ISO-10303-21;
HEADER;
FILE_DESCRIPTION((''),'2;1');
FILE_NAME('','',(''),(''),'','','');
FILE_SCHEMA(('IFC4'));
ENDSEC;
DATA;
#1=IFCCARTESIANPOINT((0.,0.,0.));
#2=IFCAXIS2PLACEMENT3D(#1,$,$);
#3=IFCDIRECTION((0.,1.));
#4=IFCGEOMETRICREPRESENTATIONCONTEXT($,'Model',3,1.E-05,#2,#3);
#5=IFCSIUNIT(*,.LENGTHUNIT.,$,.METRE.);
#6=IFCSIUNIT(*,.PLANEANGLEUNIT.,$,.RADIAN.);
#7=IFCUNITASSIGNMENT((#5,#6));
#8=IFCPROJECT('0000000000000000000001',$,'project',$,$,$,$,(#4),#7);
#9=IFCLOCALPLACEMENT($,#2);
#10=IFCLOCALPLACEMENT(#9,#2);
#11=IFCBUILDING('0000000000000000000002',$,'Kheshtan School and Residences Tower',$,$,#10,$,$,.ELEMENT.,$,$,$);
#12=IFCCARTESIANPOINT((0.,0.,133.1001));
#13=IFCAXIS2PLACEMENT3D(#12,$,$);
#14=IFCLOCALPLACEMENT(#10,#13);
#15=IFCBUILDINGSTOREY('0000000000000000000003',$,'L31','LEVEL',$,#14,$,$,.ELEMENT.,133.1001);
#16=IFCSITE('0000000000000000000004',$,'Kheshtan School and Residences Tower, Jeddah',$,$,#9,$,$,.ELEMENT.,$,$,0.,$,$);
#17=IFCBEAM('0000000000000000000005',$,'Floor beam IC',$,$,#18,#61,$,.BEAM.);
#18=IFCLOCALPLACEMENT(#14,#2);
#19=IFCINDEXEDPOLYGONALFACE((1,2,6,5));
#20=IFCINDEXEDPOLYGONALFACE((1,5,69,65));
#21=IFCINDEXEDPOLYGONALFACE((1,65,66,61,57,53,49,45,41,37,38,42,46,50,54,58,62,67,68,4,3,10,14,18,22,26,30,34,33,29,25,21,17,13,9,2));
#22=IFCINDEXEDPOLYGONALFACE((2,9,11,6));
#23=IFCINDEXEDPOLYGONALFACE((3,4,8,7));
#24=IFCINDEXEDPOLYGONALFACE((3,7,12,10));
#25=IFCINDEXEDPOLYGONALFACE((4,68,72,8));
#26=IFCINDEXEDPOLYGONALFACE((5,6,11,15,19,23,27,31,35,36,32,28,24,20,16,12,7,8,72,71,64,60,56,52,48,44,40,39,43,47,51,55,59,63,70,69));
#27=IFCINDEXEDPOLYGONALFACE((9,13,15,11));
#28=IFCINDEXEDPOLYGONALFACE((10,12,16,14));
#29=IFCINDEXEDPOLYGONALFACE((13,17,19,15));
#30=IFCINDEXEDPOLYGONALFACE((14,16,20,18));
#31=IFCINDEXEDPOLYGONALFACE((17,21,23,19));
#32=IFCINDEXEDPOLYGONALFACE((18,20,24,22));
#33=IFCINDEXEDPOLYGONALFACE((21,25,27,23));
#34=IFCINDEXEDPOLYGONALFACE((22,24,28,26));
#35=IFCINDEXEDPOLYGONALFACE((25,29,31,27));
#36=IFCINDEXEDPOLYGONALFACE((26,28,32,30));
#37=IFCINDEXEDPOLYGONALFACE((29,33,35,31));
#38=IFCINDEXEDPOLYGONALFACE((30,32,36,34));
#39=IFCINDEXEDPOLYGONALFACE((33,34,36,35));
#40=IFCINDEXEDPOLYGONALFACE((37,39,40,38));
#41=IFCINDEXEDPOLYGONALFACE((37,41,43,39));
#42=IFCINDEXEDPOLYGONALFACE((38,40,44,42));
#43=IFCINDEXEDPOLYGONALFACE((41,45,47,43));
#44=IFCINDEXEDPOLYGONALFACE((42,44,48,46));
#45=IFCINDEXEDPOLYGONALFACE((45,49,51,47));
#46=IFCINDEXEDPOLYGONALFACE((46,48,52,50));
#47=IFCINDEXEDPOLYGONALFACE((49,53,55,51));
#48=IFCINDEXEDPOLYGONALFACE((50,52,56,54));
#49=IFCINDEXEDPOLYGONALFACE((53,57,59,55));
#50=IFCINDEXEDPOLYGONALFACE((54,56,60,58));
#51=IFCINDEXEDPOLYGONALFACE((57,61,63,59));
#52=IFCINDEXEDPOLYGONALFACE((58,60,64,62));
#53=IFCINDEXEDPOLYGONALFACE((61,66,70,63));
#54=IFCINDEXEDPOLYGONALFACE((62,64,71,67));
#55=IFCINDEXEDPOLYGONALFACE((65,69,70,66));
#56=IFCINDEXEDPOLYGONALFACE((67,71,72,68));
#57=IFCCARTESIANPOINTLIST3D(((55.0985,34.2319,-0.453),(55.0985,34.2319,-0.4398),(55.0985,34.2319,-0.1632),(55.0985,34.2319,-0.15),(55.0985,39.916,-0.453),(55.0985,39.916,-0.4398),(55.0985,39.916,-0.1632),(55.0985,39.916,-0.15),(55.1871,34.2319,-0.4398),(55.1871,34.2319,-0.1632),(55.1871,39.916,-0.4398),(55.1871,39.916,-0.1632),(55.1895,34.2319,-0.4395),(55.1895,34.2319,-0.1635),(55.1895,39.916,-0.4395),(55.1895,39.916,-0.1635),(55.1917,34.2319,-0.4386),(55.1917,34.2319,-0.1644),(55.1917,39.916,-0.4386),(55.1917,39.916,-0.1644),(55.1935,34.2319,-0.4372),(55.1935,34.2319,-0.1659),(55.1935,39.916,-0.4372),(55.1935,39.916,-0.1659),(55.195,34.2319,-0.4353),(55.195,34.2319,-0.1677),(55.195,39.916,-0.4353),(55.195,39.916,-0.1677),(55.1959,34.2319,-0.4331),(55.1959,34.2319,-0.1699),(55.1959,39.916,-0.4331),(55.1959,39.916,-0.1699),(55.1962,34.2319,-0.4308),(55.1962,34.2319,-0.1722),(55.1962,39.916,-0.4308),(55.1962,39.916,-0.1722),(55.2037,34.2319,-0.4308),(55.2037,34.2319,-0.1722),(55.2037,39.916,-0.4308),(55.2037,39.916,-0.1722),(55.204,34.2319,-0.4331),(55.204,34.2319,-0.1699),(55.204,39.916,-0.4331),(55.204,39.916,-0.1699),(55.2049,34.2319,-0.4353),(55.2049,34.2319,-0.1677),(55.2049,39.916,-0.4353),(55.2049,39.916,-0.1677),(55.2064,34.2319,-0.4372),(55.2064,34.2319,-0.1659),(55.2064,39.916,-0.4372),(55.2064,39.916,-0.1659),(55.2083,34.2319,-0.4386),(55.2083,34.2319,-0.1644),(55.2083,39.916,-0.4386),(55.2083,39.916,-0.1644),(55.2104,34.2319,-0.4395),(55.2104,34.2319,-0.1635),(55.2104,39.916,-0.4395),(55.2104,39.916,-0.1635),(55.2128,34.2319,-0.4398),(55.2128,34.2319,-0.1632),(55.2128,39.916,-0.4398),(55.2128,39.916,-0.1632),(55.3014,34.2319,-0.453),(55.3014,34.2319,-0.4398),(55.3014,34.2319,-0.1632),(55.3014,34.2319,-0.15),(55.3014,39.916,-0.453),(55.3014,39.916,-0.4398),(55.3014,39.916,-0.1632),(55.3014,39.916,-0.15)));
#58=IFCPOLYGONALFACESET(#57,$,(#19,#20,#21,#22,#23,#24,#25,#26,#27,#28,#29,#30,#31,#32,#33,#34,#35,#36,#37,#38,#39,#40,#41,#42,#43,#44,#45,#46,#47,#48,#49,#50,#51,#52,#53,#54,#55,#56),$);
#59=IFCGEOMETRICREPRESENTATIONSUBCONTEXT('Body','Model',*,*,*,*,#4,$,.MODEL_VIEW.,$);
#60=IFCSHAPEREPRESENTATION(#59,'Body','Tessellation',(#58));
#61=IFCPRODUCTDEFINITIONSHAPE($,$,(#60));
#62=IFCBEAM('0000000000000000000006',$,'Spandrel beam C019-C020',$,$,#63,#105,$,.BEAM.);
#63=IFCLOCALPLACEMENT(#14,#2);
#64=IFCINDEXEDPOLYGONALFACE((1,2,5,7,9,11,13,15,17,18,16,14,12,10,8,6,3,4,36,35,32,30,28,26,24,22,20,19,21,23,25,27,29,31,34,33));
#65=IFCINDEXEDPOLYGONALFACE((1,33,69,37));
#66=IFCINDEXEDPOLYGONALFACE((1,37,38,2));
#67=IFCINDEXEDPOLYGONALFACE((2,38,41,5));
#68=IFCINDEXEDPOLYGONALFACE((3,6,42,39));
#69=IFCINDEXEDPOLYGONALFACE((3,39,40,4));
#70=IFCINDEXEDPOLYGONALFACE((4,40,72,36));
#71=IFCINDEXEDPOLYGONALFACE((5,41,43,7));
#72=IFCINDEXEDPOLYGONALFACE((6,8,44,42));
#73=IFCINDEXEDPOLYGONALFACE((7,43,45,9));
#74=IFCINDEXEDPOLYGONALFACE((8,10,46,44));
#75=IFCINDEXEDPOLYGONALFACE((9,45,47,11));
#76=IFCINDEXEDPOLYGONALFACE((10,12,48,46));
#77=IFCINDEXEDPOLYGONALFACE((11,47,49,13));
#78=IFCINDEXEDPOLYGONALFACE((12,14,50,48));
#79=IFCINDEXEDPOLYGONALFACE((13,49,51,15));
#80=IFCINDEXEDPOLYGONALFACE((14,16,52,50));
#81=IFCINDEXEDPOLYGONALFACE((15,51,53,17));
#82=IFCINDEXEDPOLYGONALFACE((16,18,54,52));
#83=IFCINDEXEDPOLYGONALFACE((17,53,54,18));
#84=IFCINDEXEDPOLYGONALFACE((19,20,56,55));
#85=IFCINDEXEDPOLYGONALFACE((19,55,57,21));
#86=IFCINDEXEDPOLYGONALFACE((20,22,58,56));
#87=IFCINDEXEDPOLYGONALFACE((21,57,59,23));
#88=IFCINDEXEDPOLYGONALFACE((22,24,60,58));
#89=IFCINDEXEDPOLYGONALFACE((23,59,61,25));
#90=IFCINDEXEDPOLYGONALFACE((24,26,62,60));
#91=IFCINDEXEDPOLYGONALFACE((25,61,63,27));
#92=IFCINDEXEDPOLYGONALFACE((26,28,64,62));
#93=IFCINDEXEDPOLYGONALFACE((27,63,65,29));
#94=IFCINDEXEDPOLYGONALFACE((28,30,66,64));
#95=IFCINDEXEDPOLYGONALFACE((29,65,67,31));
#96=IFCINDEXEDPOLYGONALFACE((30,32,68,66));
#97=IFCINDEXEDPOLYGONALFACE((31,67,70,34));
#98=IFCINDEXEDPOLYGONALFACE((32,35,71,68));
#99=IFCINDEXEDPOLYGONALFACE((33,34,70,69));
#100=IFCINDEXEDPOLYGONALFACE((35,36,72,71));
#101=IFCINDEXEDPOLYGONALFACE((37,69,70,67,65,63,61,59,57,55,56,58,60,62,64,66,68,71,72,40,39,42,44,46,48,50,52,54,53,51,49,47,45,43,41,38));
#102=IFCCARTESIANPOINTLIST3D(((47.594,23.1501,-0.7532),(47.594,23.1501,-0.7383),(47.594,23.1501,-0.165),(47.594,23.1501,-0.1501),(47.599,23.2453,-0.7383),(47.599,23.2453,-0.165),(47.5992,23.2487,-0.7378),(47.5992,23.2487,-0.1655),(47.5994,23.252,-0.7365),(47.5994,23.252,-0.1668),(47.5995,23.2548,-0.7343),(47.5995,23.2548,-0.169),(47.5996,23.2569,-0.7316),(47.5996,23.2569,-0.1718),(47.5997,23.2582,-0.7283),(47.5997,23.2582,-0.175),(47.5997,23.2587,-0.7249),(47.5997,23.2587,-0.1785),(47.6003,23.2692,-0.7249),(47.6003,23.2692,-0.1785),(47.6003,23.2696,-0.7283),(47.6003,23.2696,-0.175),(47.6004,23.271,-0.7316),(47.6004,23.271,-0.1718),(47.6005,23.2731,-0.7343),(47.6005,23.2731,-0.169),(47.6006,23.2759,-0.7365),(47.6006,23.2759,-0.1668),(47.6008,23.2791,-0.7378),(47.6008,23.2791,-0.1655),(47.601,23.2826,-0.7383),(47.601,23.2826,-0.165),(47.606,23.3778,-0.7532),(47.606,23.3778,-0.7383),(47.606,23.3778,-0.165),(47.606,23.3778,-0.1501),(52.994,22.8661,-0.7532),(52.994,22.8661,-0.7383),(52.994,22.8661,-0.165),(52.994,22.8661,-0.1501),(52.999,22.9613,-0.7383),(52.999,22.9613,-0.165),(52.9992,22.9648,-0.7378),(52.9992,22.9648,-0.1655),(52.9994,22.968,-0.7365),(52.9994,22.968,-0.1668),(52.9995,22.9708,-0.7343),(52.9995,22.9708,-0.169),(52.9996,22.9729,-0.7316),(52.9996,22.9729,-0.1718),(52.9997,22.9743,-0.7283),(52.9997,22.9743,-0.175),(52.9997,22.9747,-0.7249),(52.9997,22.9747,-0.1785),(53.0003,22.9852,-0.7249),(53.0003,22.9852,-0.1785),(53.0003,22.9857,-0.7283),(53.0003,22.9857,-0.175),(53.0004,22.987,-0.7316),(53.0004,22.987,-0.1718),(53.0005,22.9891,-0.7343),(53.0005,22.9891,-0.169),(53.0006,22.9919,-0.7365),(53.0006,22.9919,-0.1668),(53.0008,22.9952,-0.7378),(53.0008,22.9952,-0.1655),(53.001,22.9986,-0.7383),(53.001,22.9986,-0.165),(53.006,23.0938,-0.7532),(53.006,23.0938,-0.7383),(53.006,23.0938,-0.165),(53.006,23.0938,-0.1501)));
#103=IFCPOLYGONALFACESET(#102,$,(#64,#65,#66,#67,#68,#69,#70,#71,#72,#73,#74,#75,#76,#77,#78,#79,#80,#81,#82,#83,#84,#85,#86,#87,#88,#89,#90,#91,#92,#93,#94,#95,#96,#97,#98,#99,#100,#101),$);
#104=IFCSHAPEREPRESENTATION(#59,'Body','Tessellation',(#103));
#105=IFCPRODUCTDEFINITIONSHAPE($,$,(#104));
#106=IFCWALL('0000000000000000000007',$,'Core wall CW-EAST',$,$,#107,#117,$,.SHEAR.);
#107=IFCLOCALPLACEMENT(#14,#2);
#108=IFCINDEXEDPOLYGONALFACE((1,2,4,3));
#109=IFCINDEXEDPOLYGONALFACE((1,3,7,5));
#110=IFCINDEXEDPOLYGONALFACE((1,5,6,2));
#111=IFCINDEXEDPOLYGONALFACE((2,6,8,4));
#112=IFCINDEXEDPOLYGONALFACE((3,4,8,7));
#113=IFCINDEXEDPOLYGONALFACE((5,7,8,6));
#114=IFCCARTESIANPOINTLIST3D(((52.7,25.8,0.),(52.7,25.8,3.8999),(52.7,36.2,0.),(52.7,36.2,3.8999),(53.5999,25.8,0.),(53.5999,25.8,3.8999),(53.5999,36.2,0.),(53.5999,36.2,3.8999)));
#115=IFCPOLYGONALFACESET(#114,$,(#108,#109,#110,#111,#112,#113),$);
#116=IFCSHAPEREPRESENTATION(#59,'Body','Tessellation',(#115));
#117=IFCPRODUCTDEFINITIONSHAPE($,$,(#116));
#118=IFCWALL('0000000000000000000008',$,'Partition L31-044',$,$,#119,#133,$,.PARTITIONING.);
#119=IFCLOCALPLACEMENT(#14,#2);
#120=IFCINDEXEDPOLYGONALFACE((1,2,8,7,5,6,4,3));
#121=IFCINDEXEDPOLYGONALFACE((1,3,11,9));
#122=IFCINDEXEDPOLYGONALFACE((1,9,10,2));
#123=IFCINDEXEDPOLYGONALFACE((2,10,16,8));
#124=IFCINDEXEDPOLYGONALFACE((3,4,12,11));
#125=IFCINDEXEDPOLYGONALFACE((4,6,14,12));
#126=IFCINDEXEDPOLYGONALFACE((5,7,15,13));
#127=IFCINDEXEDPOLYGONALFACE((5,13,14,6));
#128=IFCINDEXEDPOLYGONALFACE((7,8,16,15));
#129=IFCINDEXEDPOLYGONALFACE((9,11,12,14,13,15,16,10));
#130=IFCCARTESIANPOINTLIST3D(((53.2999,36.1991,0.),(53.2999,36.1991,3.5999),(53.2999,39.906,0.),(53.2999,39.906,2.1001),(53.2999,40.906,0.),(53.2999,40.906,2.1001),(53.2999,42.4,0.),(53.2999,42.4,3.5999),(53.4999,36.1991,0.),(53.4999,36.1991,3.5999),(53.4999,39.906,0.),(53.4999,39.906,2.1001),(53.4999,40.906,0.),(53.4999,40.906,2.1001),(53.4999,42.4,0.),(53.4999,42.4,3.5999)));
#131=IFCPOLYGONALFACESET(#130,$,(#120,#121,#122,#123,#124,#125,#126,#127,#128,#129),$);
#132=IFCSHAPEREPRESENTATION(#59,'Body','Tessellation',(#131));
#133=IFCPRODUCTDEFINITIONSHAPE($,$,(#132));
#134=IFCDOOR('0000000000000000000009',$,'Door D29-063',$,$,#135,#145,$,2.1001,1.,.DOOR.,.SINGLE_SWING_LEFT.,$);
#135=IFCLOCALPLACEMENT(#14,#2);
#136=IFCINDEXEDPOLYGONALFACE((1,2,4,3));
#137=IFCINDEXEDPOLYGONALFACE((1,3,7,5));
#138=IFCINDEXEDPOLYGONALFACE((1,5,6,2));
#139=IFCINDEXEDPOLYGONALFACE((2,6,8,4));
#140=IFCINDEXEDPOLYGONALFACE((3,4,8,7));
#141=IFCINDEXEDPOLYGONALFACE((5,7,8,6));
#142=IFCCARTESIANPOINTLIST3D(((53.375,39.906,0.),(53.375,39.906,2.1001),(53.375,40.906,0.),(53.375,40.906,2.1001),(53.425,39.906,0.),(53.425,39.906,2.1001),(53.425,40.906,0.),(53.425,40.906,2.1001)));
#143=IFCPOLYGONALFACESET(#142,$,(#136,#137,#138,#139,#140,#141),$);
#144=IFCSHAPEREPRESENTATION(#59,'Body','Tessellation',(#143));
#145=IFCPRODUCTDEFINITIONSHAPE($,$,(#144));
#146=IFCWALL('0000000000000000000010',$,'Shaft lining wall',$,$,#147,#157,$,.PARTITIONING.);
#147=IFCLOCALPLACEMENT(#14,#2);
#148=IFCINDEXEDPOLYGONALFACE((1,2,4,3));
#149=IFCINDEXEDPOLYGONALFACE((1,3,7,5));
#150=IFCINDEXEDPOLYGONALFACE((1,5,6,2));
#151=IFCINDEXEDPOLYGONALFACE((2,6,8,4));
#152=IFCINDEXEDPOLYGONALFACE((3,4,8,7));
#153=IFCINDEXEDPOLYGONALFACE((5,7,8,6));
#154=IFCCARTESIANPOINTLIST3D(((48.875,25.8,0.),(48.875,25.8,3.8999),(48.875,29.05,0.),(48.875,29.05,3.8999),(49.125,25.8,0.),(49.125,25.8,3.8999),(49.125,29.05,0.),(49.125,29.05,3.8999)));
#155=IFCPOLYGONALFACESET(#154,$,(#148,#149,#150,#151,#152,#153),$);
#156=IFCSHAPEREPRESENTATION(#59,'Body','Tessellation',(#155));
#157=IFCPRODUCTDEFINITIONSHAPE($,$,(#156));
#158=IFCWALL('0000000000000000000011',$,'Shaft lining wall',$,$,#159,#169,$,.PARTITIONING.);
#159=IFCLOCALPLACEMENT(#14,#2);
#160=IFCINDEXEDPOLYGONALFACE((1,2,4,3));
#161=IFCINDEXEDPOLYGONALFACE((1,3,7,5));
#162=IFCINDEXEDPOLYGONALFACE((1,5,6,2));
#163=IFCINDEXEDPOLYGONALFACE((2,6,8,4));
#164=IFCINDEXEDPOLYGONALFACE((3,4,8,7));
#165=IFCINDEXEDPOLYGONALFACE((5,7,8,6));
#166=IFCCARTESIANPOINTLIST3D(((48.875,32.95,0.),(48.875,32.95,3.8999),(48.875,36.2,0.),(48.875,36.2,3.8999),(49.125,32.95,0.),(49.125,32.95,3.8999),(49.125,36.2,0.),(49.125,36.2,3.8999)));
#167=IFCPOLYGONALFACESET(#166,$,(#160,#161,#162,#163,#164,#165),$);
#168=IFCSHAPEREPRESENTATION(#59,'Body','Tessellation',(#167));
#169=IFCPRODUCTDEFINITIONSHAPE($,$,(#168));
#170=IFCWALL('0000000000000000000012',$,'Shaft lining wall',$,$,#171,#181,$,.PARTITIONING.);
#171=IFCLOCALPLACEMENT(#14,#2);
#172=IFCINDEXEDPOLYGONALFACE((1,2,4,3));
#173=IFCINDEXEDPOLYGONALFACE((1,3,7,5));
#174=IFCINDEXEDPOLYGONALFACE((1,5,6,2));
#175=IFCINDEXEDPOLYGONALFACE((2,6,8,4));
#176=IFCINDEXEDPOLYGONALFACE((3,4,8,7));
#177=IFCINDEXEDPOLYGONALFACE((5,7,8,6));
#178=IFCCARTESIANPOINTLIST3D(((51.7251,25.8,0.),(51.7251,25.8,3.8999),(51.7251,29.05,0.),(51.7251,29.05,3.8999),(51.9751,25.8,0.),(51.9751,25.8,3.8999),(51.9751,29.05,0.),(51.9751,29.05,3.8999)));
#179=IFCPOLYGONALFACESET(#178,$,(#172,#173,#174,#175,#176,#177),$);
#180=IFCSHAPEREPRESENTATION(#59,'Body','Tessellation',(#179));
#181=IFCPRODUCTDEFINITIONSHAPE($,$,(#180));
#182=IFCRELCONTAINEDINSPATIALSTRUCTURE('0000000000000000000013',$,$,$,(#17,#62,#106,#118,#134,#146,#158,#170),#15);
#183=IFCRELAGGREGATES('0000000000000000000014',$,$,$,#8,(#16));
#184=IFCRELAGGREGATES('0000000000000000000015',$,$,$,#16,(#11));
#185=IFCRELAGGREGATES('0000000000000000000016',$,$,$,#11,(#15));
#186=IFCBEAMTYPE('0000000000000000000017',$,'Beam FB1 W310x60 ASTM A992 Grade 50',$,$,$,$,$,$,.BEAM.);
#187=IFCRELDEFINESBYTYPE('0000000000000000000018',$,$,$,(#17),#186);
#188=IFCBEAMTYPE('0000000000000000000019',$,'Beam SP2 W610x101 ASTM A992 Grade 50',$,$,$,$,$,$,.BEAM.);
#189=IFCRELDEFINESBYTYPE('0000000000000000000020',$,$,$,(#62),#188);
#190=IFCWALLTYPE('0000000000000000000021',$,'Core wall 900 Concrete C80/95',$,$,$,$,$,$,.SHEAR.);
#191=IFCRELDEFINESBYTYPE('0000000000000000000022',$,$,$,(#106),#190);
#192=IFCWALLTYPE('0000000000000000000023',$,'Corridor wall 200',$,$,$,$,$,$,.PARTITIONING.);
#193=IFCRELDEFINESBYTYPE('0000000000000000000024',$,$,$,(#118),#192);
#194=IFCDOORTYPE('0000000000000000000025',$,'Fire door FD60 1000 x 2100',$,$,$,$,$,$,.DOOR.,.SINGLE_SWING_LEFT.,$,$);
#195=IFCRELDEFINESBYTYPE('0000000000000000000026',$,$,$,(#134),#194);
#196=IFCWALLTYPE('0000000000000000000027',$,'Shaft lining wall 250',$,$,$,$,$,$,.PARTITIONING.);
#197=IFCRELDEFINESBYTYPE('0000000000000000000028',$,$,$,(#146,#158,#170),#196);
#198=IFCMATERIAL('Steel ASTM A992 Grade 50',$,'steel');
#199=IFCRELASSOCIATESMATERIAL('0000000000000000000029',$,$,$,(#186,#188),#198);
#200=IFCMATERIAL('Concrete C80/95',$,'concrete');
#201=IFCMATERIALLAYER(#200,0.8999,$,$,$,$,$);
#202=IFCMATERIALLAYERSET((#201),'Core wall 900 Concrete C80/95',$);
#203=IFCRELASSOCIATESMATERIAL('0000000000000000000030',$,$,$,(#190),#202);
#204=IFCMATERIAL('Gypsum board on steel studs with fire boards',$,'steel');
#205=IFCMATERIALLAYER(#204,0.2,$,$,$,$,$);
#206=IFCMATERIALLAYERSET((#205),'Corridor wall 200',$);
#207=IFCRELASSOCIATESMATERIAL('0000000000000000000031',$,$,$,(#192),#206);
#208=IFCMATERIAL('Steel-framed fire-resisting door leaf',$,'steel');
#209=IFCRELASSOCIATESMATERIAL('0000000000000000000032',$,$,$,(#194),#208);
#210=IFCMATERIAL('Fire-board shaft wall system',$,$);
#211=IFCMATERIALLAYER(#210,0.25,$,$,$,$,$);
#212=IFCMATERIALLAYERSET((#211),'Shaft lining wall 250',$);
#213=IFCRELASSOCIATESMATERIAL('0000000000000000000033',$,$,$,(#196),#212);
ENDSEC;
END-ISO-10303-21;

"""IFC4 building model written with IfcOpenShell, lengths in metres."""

from ifc_helpers import new_model, si_unit, direction, frame, frame_2d, origin, origin_2d, place, context, subcontext, project, spatial, rectangle, i_section, extrude, source, transform, mapped, material, layer, layer_set, material_profile, profile_set, type_object, element, fill, save


model = new_model("IFC4")

# Units and contexts
model_context = context("Model", 3, precision=1e-05, world=origin(), true_north=direction((0.0, 1.0)))
body_context = subcontext(model_context, "Body", "Model", "MODEL_VIEW")
ifc_project = project(units=[si_unit("LENGTHUNIT", "METRE"), si_unit("PLANEANGLEUNIT", "RADIAN")], contexts=[model_context])

# Site, building, storey
site_placement = place(None, origin())
site = spatial("IfcSite", under=ifc_project, at=site_placement, Name="Kheshtan School and Residences Tower, Jeddah", CompositionType="ELEMENT", RefElevation=0.0)
building_placement = place(site_placement, origin())
building = spatial("IfcBuilding", under=site, at=building_placement, Name="Kheshtan School and Residences Tower", CompositionType="ELEMENT")
storey_placement = place(building_placement, frame((0.0, 0.0, 133.1001)))
storey = spatial("IfcBuildingStorey", under=building, at=storey_placement, Name="L31", Description="LEVEL", CompositionType="ELEMENT", Elevation=133.1001)

# Shared definitions
ifc_material_1 = material(Name="Steel ASTM A992 Grade 50", Category="steel")

# Beams
ifc_material_profile_1 = material_profile(ifc_material_1, i_section(OverallWidth=0.2029, OverallDepth=0.303, WebThickness=0.0076, FlangeThickness=0.0132, FilletRadius=0.009, at=origin_2d()), Name="W310x60")
ifc_profile_set_1 = profile_set([ifc_material_profile_1], Name="Steel ASTM A992 Grade 50")
beam_type_1 = type_object("IfcBeamType", Name="Beam FB1 W310x60 ASTM A992 Grade 50", PredefinedType="BEAM", material=ifc_profile_set_1)
beam_1_placement = place(storey_placement, frame((55.2, 34.2319, -0.3015), z_axis=(0.0, 1.0, 0.0), x_axis=(-1.0, 0.0, 0.0)))
element("IfcBeam", 1, at=beam_1_placement, inside=storey, type_object=beam_type_1, Name="Floor beam IC", PredefinedType="BEAM", context=body_context, shape_type="SweptSolid", body=[
    extrude(i_section(OverallWidth=0.2029, OverallDepth=0.303, WebThickness=0.0076, FlangeThickness=0.0132, FilletRadius=0.009, at=origin_2d()), origin(), (0.0, 0.0, 1.0), 5.6841),
])
ifc_material_profile_2 = material_profile(ifc_material_1, i_section(OverallWidth=0.228, OverallDepth=0.603, WebThickness=0.0105, FlangeThickness=0.0149, FilletRadius=0.0134, at=origin_2d()), Name="W610x101")
ifc_profile_set_2 = profile_set([ifc_material_profile_2], Name="Steel ASTM A992 Grade 50")
beam_type_2 = type_object("IfcBeamType", Name="Beam SP2 W610x101 ASTM A992 Grade 50", PredefinedType="BEAM", material=ifc_profile_set_2)
beam_2_placement = place(storey_placement, frame((53.0, 22.98, -0.4517), z_axis=(-0.99862, 0.052509, 0.0), x_axis=(-0.052509, -0.99862, 0.0)))
element("IfcBeam", 2, at=beam_2_placement, inside=storey, type_object=beam_type_2, Name="Spandrel beam C019-C020", PredefinedType="BEAM", context=body_context, shape_type="SweptSolid", body=[
    extrude(i_section(OverallWidth=0.228, OverallDepth=0.603, WebThickness=0.0105, FlangeThickness=0.0149, FilletRadius=0.0134, at=origin_2d()), origin(), (0.0, 0.0, 1.0), 5.4075),
])

# Wall
ifc_material_2 = material(Name="Concrete C80/95", Category="concrete")
ifc_layer_1 = layer(ifc_material_2, 0.8999)
ifc_layer_set_1 = layer_set([ifc_layer_1], Name="Core wall 900 Concrete C80/95")
wall_type_1 = type_object("IfcWallType", Name="Core wall 900 Concrete C80/95", PredefinedType="SHEAR", material=ifc_layer_set_1)
wall_1_placement = place(storey_placement, frame((53.1499, 25.8, 0.0), z_axis=(0.0, 0.0, 1.0), x_axis=(0.0, 1.0, 0.0)))
element("IfcWall", 3, at=wall_1_placement, inside=storey, type_object=wall_type_1, Name="Core wall CW-EAST", PredefinedType="SHEAR", context=body_context, shape_type="SweptSolid", body=[
    extrude(rectangle(XDim=10.3999, YDim=0.8999, at=frame_2d((5.2, 0.0))), origin(), (0.0, 0.0, 1.0), 3.8999),
])

# Wall, opening, door
ifc_material_3 = material(Name="Gypsum board on steel studs with fire boards", Category="steel")
ifc_layer_2 = layer(ifc_material_3, 0.2)
ifc_layer_set_2 = layer_set([ifc_layer_2], Name="Corridor wall 200")
wall_type_2 = type_object("IfcWallType", Name="Corridor wall 200", PredefinedType="PARTITIONING", material=ifc_layer_set_2)
wall_2_placement = place(storey_placement, frame((53.3999, 36.199, 0.0), z_axis=(0.0, 0.0, 1.0), x_axis=(0.0, 1.0, 0.0)))
wall_2 = element("IfcWall", 4, at=wall_2_placement, inside=storey, type_object=wall_type_2, Name="Partition L31-044", PredefinedType="PARTITIONING", context=body_context, shape_type="SweptSolid", body=[
    extrude(rectangle(XDim=6.2009, YDim=0.2, at=frame_2d((3.1006, 0.0))), origin(), (0.0, 0.0, 1.0), 3.5999),
])
opening_1_placement = place(wall_2_placement, frame((3.707, 0.0, 0.0)))
opening_1 = element("IfcOpeningElement", 5, at=opening_1_placement, cuts=wall_2, PredefinedType="OPENING", context=body_context, shape_type="SweptSolid", body=[
    extrude(rectangle(XDim=1.0, YDim=2.1001, at=frame_2d((0.5, 1.05))), frame((0.0, 0.1099, 0.0), z_axis=(0.0, -1.0, 0.0), x_axis=(1.0, 0.0, 0.0)), (0.0, 0.0, 1.0), 0.22),
])
ifc_material_4 = material(Name="Steel-framed fire-resisting door leaf", Category="steel")
door_type_1 = type_object("IfcDoorType", Name="Fire door FD60 1000 x 2100", OperationType="SINGLE_SWING_LEFT", PredefinedType="DOOR", material=ifc_material_4)
shared_shape_1 = source(origin(), body_context, "Body", "SweptSolid", [
    extrude(rectangle(XDim=1.0, YDim=2.1001, at=frame_2d((0.5, 1.05))), frame((0.0, 0.0249, 0.0), z_axis=(0.0, -1.0, 0.0), x_axis=(1.0, 0.0, 0.0)), (0.0, 0.0, 1.0), 0.05),
])
door_1_placement = place(opening_1_placement, origin())
door_1 = element("IfcDoor", 6, at=door_1_placement, inside=storey, type_object=door_type_1, Name="Door D29-063", OperationType="SINGLE_SWING_LEFT", OverallHeight=2.1001, OverallWidth=1.0, PredefinedType="DOOR", context=body_context, shape_type="MappedRepresentation", body=[
    mapped(shared_shape_1, transform((0.0, 0.0, 0.0), x_axis=(1.0, 0.0, 0.0), y_axis=(0.0, 1.0, 0.0), z_axis=(0.0, 0.0, 1.0), scale=1.0)),
])
fill(opening_1, door_1)

# Walls
ifc_material_5 = material(Name="Fire-board shaft wall system")
ifc_layer_3 = layer(ifc_material_5, 0.25)
ifc_layer_set_3 = layer_set([ifc_layer_3], Name="Shaft lining wall 250")
wall_type_3 = type_object("IfcWallType", Name="Shaft lining wall 250", PredefinedType="PARTITIONING", material=ifc_layer_set_3)
for number, where, z_axis, x_axis, name in (
    (7, (49.0, 25.8, 0.0), (0.0, 0.0, 1.0), (0.0, 1.0, 0.0), "Shaft lining wall"),
    (8, (49.0, 32.95, 0.0), (0.0, 0.0, 1.0), (0.0, 1.0, 0.0), "Shaft lining wall"),
    (9, (51.8501, 25.8, 0.0), (0.0, 0.0, 1.0), (0.0, 1.0, 0.0), "Shaft lining wall"),
):
    element("IfcWall", number, at=place(storey_placement, frame(where, z_axis=z_axis, x_axis=x_axis)), inside=storey, type_object=wall_type_3, Name=name, PredefinedType="PARTITIONING", context=body_context, shape_type="SweptSolid", body=[
        extrude(rectangle(XDim=3.25, YDim=0.25, at=frame_2d((1.625, 0.0))), origin(), (0.0, 0.0, 1.0), 3.8999),
    ])

save(model, "model.ifc")
